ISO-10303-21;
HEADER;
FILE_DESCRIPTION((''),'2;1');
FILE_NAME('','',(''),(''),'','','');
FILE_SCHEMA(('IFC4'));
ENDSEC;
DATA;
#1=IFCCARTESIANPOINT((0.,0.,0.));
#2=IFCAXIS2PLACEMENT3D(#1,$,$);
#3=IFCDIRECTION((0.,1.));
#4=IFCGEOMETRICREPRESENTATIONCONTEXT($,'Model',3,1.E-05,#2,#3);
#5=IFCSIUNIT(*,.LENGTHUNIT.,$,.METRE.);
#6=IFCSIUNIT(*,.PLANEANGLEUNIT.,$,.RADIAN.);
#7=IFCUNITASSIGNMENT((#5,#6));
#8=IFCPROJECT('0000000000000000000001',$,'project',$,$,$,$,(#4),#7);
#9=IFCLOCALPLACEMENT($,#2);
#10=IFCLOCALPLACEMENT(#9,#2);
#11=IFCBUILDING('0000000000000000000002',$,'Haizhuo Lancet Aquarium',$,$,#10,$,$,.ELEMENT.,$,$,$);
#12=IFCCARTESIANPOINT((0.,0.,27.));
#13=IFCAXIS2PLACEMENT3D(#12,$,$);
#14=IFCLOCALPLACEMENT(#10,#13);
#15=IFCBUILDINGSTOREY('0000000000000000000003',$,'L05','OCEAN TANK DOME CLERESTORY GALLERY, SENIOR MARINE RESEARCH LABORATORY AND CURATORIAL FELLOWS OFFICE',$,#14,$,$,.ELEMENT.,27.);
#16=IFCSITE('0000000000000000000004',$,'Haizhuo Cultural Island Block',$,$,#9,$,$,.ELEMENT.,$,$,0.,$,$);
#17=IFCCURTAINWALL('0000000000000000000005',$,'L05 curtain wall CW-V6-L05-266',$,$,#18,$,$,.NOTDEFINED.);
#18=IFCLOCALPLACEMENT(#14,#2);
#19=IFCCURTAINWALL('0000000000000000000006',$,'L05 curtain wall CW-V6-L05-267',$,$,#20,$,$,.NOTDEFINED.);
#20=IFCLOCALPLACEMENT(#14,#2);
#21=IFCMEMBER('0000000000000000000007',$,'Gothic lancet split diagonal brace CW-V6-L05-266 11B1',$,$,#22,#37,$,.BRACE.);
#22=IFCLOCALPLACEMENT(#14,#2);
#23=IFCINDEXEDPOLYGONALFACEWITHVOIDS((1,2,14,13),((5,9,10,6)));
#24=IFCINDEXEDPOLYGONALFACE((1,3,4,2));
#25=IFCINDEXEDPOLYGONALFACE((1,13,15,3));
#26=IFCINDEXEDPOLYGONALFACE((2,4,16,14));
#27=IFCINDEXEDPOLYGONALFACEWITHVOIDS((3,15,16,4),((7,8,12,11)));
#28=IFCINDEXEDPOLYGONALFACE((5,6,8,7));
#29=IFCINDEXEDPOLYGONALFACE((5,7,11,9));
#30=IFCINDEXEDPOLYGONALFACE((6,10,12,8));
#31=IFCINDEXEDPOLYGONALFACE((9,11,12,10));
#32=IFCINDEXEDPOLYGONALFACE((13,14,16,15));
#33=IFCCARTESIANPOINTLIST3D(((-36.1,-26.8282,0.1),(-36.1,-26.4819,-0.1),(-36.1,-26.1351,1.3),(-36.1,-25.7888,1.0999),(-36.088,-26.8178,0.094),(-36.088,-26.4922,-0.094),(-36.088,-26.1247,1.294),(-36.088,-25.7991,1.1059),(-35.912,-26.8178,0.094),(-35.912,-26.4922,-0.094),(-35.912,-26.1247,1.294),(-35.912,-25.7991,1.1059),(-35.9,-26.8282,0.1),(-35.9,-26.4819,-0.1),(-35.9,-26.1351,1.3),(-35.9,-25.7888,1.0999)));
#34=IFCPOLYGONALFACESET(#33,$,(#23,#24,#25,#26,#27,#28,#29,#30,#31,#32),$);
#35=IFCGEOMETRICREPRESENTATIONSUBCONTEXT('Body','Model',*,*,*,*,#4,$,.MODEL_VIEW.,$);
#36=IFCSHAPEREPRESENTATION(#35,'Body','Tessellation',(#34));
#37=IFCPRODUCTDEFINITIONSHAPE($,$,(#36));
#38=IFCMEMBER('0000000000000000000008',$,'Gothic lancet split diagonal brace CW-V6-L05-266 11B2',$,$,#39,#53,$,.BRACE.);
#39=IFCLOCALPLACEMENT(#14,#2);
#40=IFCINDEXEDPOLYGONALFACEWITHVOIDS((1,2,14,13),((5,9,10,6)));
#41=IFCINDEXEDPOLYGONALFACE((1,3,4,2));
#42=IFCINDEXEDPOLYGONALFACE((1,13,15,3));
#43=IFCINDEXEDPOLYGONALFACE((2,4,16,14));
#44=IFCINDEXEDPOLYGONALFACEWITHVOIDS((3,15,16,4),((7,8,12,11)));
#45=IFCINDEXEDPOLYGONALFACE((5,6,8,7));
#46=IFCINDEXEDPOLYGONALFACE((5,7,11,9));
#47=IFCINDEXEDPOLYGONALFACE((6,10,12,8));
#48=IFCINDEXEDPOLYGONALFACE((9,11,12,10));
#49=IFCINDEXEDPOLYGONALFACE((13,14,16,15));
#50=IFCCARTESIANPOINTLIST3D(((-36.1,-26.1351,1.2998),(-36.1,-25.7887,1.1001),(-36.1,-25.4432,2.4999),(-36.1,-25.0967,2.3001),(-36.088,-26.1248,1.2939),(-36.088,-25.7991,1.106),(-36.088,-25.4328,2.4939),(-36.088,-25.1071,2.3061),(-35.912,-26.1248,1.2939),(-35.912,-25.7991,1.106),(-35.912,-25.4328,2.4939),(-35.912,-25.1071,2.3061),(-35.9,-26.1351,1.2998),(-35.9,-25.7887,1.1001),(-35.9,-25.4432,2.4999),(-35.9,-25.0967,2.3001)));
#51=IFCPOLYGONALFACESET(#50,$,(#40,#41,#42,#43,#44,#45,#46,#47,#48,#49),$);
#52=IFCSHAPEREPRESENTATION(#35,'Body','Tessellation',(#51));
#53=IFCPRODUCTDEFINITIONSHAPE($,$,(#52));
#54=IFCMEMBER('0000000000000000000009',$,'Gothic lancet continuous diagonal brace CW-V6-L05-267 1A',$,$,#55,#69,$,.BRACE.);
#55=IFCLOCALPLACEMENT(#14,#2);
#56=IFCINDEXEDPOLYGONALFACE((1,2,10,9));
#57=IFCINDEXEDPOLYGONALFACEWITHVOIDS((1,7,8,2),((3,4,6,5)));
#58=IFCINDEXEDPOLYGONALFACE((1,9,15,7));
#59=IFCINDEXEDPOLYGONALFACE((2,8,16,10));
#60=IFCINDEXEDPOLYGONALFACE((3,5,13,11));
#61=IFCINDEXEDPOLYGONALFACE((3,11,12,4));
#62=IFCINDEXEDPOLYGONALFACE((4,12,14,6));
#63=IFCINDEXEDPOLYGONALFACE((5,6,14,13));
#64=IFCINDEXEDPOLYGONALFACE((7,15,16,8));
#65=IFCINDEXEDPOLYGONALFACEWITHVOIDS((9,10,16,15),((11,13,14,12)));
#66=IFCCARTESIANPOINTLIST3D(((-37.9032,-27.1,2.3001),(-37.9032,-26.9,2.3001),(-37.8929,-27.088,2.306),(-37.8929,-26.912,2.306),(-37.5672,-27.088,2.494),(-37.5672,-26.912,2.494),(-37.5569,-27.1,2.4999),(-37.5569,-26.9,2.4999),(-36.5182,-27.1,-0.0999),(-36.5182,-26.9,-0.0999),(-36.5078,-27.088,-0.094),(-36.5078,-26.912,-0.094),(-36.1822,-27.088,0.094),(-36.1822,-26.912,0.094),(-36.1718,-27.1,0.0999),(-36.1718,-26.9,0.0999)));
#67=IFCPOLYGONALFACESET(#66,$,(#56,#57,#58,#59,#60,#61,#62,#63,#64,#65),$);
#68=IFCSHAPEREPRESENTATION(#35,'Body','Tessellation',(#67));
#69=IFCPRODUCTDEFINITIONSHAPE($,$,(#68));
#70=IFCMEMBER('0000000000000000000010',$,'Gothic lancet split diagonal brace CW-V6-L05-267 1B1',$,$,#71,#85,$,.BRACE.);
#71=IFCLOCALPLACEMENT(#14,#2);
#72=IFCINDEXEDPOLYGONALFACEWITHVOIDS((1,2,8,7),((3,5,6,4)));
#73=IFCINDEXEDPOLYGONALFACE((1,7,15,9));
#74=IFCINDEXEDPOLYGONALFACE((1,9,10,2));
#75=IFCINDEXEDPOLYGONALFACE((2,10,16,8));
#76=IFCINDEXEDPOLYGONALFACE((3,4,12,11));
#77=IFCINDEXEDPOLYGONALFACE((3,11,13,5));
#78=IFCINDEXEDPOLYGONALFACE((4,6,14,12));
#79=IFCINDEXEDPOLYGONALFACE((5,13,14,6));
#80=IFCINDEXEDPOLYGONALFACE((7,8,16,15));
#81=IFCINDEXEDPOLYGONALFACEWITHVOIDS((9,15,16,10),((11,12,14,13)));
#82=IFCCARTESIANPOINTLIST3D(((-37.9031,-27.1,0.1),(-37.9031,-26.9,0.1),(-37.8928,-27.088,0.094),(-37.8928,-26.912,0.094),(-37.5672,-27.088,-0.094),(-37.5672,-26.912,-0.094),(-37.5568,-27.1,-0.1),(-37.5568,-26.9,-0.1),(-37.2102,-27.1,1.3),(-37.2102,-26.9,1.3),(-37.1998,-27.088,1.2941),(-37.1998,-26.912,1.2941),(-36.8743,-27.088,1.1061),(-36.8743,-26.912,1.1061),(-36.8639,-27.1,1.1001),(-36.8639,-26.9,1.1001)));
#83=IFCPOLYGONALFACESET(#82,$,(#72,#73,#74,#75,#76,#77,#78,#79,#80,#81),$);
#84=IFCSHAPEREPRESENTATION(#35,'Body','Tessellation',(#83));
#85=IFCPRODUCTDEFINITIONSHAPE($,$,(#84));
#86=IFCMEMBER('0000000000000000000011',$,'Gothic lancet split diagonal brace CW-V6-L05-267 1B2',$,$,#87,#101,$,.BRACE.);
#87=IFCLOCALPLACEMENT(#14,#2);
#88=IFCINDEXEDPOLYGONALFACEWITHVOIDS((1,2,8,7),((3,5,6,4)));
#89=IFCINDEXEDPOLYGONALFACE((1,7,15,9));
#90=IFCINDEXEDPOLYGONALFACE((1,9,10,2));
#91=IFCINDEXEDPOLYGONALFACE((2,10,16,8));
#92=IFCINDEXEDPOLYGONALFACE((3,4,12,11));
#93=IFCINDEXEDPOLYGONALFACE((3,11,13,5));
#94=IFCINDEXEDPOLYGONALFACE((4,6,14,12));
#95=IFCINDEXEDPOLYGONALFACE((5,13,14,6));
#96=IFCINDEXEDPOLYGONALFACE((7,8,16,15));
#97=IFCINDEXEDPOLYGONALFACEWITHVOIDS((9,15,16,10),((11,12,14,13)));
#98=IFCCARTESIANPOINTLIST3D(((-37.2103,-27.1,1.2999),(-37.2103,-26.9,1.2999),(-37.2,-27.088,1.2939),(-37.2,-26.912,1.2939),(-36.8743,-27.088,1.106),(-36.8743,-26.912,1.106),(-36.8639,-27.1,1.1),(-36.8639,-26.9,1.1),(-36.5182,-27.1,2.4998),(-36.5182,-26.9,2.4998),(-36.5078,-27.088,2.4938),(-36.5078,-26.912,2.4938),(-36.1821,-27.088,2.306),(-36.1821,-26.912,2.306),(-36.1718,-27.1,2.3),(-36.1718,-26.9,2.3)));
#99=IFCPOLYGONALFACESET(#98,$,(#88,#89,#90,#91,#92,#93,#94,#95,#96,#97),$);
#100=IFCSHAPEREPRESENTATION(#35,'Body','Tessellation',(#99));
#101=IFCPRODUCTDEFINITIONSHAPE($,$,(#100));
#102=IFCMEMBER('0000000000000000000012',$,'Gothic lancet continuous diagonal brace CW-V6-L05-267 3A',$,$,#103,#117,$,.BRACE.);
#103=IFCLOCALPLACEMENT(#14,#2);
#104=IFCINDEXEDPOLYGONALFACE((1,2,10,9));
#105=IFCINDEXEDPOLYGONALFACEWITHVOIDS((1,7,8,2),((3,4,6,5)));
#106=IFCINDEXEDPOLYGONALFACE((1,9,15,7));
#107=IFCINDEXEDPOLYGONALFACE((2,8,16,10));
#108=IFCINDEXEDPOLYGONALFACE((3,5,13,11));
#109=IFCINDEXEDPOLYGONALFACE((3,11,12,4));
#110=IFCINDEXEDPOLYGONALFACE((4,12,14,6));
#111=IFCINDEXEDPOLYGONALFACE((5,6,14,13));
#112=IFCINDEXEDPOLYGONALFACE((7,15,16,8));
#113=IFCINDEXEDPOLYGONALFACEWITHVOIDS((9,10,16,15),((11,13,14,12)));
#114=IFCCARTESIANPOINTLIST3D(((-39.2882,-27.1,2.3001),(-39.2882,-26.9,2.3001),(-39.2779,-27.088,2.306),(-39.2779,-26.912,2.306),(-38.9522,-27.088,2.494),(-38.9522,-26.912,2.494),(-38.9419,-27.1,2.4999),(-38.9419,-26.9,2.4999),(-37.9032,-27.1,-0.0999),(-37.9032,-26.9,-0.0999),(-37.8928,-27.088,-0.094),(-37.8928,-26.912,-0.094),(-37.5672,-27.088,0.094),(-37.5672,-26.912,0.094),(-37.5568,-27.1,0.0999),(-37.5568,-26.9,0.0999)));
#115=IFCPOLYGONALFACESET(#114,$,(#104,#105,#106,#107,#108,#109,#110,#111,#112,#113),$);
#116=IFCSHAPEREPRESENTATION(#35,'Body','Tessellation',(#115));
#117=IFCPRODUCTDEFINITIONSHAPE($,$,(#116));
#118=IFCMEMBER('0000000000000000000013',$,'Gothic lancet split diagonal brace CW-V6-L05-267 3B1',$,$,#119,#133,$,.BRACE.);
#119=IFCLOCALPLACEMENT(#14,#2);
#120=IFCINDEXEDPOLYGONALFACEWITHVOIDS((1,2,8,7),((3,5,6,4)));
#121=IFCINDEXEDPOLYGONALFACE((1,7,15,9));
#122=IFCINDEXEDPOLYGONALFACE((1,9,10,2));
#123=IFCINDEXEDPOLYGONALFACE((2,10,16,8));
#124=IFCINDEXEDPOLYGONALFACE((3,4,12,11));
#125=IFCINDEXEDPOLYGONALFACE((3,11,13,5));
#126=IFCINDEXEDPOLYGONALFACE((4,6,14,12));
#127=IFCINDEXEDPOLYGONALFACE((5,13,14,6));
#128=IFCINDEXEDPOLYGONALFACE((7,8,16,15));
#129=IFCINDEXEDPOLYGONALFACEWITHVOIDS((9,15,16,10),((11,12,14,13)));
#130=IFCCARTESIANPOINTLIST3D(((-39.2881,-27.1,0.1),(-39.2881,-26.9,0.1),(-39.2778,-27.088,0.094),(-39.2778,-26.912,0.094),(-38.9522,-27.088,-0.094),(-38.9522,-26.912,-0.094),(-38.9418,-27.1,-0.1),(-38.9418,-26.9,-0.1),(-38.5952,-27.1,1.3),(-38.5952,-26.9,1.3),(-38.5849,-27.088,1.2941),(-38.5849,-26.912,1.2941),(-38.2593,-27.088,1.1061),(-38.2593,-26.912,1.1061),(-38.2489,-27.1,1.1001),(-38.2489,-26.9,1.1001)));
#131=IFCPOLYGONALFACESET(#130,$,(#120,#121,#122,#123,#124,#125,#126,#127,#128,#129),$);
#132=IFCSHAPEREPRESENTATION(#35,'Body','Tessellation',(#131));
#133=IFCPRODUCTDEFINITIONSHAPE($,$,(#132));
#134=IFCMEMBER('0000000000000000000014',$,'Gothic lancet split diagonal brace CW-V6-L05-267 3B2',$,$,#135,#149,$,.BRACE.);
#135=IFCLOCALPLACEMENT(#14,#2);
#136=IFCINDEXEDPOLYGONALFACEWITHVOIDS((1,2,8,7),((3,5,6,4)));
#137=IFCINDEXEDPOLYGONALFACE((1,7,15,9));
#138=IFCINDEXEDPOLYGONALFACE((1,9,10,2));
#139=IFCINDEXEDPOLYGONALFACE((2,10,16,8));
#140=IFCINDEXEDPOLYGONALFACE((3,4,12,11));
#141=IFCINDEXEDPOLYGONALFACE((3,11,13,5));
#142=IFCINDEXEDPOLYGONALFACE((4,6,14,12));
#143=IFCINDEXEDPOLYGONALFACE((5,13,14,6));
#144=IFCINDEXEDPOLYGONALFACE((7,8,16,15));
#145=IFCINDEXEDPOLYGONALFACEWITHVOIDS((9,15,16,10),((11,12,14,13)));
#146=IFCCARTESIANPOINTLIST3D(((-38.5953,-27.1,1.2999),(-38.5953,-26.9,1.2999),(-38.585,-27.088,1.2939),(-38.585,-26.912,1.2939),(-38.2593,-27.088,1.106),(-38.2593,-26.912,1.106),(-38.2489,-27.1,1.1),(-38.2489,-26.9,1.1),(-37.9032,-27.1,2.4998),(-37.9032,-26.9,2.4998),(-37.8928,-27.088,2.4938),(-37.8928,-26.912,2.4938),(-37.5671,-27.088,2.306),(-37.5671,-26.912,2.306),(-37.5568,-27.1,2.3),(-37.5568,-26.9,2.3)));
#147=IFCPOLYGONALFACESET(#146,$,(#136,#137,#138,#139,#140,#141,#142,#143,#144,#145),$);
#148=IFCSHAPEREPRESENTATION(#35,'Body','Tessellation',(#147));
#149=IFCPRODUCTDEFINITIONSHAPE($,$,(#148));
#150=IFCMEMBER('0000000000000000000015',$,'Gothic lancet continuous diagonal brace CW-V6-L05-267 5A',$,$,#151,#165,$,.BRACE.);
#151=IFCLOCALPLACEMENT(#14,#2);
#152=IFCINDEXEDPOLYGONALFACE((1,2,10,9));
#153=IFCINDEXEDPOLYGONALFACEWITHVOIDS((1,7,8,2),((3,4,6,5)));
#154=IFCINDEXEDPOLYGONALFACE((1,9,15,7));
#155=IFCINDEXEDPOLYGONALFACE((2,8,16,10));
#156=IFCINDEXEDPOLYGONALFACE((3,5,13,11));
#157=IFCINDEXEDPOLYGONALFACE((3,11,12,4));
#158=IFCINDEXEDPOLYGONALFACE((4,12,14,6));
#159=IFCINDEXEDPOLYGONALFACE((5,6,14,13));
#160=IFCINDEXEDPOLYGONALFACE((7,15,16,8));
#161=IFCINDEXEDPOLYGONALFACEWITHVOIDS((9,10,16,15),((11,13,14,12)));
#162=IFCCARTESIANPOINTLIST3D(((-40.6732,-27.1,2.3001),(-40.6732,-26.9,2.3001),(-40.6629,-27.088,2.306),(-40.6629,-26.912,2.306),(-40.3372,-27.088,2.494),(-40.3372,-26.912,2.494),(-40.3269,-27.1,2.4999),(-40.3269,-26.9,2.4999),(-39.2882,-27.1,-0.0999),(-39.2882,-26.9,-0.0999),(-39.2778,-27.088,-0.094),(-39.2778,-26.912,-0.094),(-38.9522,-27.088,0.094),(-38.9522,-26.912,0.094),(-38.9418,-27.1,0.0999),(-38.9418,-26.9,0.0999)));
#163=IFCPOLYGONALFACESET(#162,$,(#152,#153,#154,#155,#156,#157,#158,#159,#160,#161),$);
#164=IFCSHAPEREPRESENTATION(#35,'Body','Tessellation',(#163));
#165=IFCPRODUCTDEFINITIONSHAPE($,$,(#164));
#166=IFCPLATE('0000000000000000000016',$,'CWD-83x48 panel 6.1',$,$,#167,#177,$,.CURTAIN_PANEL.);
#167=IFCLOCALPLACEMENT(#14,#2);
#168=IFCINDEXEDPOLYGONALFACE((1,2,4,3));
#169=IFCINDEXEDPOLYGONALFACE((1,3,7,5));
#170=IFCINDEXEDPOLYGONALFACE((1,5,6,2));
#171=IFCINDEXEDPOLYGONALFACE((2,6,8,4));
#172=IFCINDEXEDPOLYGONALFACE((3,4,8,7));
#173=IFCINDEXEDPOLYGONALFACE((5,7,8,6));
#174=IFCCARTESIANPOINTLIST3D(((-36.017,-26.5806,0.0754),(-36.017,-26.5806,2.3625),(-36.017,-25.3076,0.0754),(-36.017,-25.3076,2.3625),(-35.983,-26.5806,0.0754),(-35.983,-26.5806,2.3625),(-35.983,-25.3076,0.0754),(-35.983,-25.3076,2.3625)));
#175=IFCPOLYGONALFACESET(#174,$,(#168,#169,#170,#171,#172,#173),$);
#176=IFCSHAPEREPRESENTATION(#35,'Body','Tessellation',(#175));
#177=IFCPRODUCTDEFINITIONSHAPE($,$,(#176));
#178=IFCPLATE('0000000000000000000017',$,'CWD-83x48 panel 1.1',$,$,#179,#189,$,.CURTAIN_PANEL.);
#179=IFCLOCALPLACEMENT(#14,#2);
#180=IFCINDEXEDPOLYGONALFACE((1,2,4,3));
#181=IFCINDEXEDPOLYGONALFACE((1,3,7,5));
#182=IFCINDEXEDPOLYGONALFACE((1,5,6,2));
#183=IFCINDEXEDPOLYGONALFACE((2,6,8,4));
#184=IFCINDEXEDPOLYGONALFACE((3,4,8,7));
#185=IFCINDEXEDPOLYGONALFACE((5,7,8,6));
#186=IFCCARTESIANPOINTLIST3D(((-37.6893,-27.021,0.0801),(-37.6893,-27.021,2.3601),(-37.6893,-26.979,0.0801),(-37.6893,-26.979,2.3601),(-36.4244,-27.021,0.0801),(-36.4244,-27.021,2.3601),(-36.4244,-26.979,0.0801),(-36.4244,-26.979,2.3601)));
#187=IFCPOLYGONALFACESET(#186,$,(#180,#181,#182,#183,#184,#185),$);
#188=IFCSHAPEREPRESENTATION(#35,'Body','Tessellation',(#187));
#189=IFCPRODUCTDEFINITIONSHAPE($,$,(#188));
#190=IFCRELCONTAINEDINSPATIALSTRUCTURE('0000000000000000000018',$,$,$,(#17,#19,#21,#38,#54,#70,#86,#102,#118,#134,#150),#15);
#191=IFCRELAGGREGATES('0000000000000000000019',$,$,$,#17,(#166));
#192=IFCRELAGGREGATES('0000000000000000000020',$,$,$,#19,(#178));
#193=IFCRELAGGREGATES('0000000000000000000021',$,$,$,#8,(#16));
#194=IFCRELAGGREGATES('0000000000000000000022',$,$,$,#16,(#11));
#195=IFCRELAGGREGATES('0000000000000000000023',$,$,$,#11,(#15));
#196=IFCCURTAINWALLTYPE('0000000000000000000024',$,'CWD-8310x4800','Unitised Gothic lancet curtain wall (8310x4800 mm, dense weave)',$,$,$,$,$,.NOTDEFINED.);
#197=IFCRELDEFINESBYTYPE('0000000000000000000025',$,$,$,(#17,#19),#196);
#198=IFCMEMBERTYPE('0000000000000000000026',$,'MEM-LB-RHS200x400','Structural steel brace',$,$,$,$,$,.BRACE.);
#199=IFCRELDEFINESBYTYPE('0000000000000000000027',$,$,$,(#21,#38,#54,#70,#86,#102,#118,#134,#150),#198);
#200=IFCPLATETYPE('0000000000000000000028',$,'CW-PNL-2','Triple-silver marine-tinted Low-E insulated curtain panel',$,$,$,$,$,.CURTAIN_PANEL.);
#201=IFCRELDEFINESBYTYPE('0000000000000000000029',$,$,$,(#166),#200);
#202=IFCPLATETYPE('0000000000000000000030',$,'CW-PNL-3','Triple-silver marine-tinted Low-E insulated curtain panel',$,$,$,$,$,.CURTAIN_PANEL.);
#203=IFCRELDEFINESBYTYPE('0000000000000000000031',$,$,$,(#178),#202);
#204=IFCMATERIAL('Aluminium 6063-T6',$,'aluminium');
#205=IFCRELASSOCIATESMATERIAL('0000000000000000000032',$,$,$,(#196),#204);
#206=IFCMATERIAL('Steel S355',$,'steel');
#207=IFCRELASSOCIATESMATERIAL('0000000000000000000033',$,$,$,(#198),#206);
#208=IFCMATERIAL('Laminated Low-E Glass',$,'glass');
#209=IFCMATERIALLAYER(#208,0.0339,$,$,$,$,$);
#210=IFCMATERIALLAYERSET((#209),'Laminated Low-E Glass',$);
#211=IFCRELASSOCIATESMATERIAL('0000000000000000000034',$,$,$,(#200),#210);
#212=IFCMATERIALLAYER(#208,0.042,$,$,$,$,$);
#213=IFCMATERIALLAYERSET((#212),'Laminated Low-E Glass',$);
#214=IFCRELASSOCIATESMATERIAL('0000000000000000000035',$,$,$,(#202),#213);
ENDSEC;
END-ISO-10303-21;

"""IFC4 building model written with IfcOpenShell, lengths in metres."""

from ifc_helpers import new_model, si_unit, direction, frame, origin, origin_2d, place, context, subcontext, project, spatial, rectangle, hollow_rectangle, extrude, material, layer, layer_set, material_profile, profile_set, type_object, element, aggregate, save


model = new_model("IFC4")

# Units and contexts
model_context = context("Model", 3, precision=1e-05, world=origin(), true_north=direction((0.0, 1.0)))
body_context = subcontext(model_context, "Body", "Model", "MODEL_VIEW")
ifc_project = project(units=[si_unit("LENGTHUNIT", "METRE"), si_unit("PLANEANGLEUNIT", "RADIAN")], contexts=[model_context])

# Site, building, storey
site_placement = place(None, origin())
site = spatial("IfcSite", under=ifc_project, at=site_placement, Name="Haizhuo Cultural Island Block", CompositionType="ELEMENT", RefElevation=0.0)
building_placement = place(site_placement, origin())
building = spatial("IfcBuilding", under=site, at=building_placement, Name="Haizhuo Lancet Aquarium", CompositionType="ELEMENT")
storey_placement = place(building_placement, frame((0.0, 0.0, 27.0)))
storey = spatial("IfcBuildingStorey", under=building, at=storey_placement, Name="L05", Description="OCEAN TANK DOME CLERESTORY GALLERY, SENIOR MARINE RESEARCH LABORATORY AND CURATORIAL FELLOWS OFFICE", CompositionType="ELEMENT", Elevation=27.0)

# Curtain walls
ifc_material_1 = material(Name="Aluminium 6063-T6", Category="aluminium")
curtain_wall_type = type_object("IfcCurtainWallType", Name="CWD-8310x4800", Description="Unitised Gothic lancet curtain wall (8310x4800 mm, dense weave)", PredefinedType="NOTDEFINED", material=ifc_material_1)
curtain_wall_1_placement = place(storey_placement, origin())
curtain_wall_1 = element("IfcCurtainWall", 1, at=curtain_wall_1_placement, inside=storey, type_object=curtain_wall_type, Name="L05 curtain wall CW-V6-L05-266", PredefinedType="NOTDEFINED")
curtain_wall_2_placement = place(storey_placement, origin())
curtain_wall_2 = element("IfcCurtainWall", 2, at=curtain_wall_2_placement, inside=storey, type_object=curtain_wall_type, Name="L05 curtain wall CW-V6-L05-267", PredefinedType="NOTDEFINED")

# Members
ifc_material_2 = material(Name="Steel S355", Category="steel")
ifc_material_profile_1 = material_profile(ifc_material_2, hollow_rectangle(XDim=0.2, YDim=0.3999, WallThickness=0.012, at=origin_2d()), Name="RHS 200x400x12")
ifc_profile_set_1 = profile_set([ifc_material_profile_1], Name="Steel S355")
member_type_1 = type_object("IfcMemberType", Name="MEM-LB-RHS200x400", Description="Structural steel brace", PredefinedType="BRACE", material=ifc_profile_set_1)
member_1_placement = place(storey_placement, frame((-36.0, -26.655, 0.0), z_axis=(0.0, 0.500175, 0.865924), x_axis=(-1.0, 0.0, 0.0)))
element("IfcMember", 3, at=member_1_placement, inside=storey, type_object=member_type_1, Name="Gothic lancet split diagonal brace CW-V6-L05-266 11B1", PredefinedType="BRACE", context=body_context, shape_type="SweptSolid", body=[
    extrude(hollow_rectangle(XDim=0.2, YDim=0.3999, WallThickness=0.012, at=origin_2d()), origin(), (0.0, 0.0, 1.0), 1.3857),
])
member_2_placement = place(storey_placement, frame((-36.0, -25.9619, 1.2), z_axis=(0.0, 0.499514, 0.866306), x_axis=(-1.0, 0.0, 0.0)))
element("IfcMember", 4, at=member_2_placement, inside=storey, type_object=member_type_1, Name="Gothic lancet split diagonal brace CW-V6-L05-266 11B2", PredefinedType="BRACE", context=body_context, shape_type="SweptSolid", body=[
    extrude(hollow_rectangle(XDim=0.2, YDim=0.3999, WallThickness=0.012, at=origin_2d()), origin(), (0.0, 0.0, 1.0), 1.3853),
])
member_3_placement = place(storey_placement, frame((-36.345, -27.0, 0.0), z_axis=(-0.499844, 0.0, 0.866115), x_axis=(0.0, -1.0, 0.0)))
element("IfcMember", 5, at=member_3_placement, inside=storey, type_object=member_type_1, Name="Gothic lancet continuous diagonal brace CW-V6-L05-267 1A", PredefinedType="BRACE", context=body_context, shape_type="SweptSolid", body=[
    extrude(hollow_rectangle(XDim=0.2, YDim=0.3999, WallThickness=0.012, at=origin_2d()), origin(), (0.0, 0.0, 1.0), 2.771),
])
member_4_placement = place(storey_placement, frame((-37.73, -27.0, 0.0), z_axis=(0.500043, 0.0, 0.866001), x_axis=(0.0, 1.0, 0.0)))
element("IfcMember", 6, at=member_4_placement, inside=storey, type_object=member_type_1, Name="Gothic lancet split diagonal brace CW-V6-L05-267 1B1", PredefinedType="BRACE", context=body_context, shape_type="SweptSolid", body=[
    extrude(hollow_rectangle(XDim=0.2, YDim=0.3999, WallThickness=0.012, at=origin_2d()), origin(), (0.0, 0.0, 1.0), 1.3857),
])
member_5_placement = place(storey_placement, frame((-37.0371, -27.0, 1.2), z_axis=(0.499646, 0.0, 0.86623), x_axis=(0.0, 1.0, 0.0)))
element("IfcMember", 7, at=member_5_placement, inside=storey, type_object=member_type_1, Name="Gothic lancet split diagonal brace CW-V6-L05-267 1B2", PredefinedType="BRACE", context=body_context, shape_type="SweptSolid", body=[
    extrude(hollow_rectangle(XDim=0.2, YDim=0.3999, WallThickness=0.012, at=origin_2d()), origin(), (0.0, 0.0, 1.0), 1.3853),
])
member_6_placement = place(storey_placement, frame((-37.73, -27.0, 0.0), z_axis=(-0.499844, 0.0, 0.866115), x_axis=(0.0, -1.0, 0.0)))
element("IfcMember", 8, at=member_6_placement, inside=storey, type_object=member_type_1, Name="Gothic lancet continuous diagonal brace CW-V6-L05-267 3A", PredefinedType="BRACE", context=body_context, shape_type="SweptSolid", body=[
    extrude(hollow_rectangle(XDim=0.2, YDim=0.3999, WallThickness=0.012, at=origin_2d()), origin(), (0.0, 0.0, 1.0), 2.771),
])
member_7_placement = place(storey_placement, frame((-39.115, -27.0, 0.0), z_axis=(0.500043, 0.0, 0.866001), x_axis=(0.0, 1.0, 0.0)))
element("IfcMember", 9, at=member_7_placement, inside=storey, type_object=member_type_1, Name="Gothic lancet split diagonal brace CW-V6-L05-267 3B1", PredefinedType="BRACE", context=body_context, shape_type="SweptSolid", body=[
    extrude(hollow_rectangle(XDim=0.2, YDim=0.3999, WallThickness=0.012, at=origin_2d()), origin(), (0.0, 0.0, 1.0), 1.3857),
])
member_8_placement = place(storey_placement, frame((-38.4221, -27.0, 1.2), z_axis=(0.499646, 0.0, 0.86623), x_axis=(0.0, 1.0, 0.0)))
element("IfcMember", 10, at=member_8_placement, inside=storey, type_object=member_type_1, Name="Gothic lancet split diagonal brace CW-V6-L05-267 3B2", PredefinedType="BRACE", context=body_context, shape_type="SweptSolid", body=[
    extrude(hollow_rectangle(XDim=0.2, YDim=0.3999, WallThickness=0.012, at=origin_2d()), origin(), (0.0, 0.0, 1.0), 1.3853),
])
member_9_placement = place(storey_placement, frame((-39.115, -27.0, 0.0), z_axis=(-0.499844, 0.0, 0.866115), x_axis=(0.0, -1.0, 0.0)))
element("IfcMember", 11, at=member_9_placement, inside=storey, type_object=member_type_1, Name="Gothic lancet continuous diagonal brace CW-V6-L05-267 5A", PredefinedType="BRACE", context=body_context, shape_type="SweptSolid", body=[
    extrude(hollow_rectangle(XDim=0.2, YDim=0.3999, WallThickness=0.012, at=origin_2d()), origin(), (0.0, 0.0, 1.0), 2.771),
])

# Plates
ifc_material_3 = material(Name="Laminated Low-E Glass", Category="glass")
ifc_layer_1 = layer(ifc_material_3, 0.0339)
ifc_layer_set_1 = layer_set([ifc_layer_1], Name="Laminated Low-E Glass")
plate_type_1 = type_object("IfcPlateType", Name="CW-PNL-2", Description="Triple-silver marine-tinted Low-E insulated curtain panel", PredefinedType="CURTAIN_PANEL", material=ifc_layer_set_1)
plate_1_placement = place(storey_placement, frame((-36.0, -25.9441, 0.0754), z_axis=(0.0, 0.0, 1.0), x_axis=(0.0, -1.0, 0.0)))
plate_1 = element("IfcPlate", 12, at=plate_1_placement, type_object=plate_type_1, Name="CWD-83x48 panel 6.1", PredefinedType="CURTAIN_PANEL", context=body_context, shape_type="SweptSolid", body=[
    extrude(rectangle(XDim=1.2729, YDim=0.0339, at=origin_2d()), origin(), (0.0, 0.0, 1.0), 2.2871),
])
aggregate(curtain_wall_1, [plate_1])
ifc_layer_2 = layer(ifc_material_3, 0.042)
ifc_layer_set_2 = layer_set([ifc_layer_2], Name="Laminated Low-E Glass")
plate_type_2 = type_object("IfcPlateType", Name="CW-PNL-3", Description="Triple-silver marine-tinted Low-E insulated curtain panel", PredefinedType="CURTAIN_PANEL", material=ifc_layer_set_2)
plate_2_placement = place(storey_placement, frame((-37.0569, -27.0, 0.0801), z_axis=(0.0, 0.0, 1.0), x_axis=(-1.0, 0.0, 0.0)))
plate_2 = element("IfcPlate", 13, at=plate_2_placement, type_object=plate_type_2, Name="CWD-83x48 panel 1.1", PredefinedType="CURTAIN_PANEL", context=body_context, shape_type="SweptSolid", body=[
    extrude(rectangle(XDim=1.2649, YDim=0.042, at=origin_2d()), origin(), (0.0, 0.0, 1.0), 2.28),
])
aggregate(curtain_wall_2, [plate_2])

save(model, "model.ifc")
